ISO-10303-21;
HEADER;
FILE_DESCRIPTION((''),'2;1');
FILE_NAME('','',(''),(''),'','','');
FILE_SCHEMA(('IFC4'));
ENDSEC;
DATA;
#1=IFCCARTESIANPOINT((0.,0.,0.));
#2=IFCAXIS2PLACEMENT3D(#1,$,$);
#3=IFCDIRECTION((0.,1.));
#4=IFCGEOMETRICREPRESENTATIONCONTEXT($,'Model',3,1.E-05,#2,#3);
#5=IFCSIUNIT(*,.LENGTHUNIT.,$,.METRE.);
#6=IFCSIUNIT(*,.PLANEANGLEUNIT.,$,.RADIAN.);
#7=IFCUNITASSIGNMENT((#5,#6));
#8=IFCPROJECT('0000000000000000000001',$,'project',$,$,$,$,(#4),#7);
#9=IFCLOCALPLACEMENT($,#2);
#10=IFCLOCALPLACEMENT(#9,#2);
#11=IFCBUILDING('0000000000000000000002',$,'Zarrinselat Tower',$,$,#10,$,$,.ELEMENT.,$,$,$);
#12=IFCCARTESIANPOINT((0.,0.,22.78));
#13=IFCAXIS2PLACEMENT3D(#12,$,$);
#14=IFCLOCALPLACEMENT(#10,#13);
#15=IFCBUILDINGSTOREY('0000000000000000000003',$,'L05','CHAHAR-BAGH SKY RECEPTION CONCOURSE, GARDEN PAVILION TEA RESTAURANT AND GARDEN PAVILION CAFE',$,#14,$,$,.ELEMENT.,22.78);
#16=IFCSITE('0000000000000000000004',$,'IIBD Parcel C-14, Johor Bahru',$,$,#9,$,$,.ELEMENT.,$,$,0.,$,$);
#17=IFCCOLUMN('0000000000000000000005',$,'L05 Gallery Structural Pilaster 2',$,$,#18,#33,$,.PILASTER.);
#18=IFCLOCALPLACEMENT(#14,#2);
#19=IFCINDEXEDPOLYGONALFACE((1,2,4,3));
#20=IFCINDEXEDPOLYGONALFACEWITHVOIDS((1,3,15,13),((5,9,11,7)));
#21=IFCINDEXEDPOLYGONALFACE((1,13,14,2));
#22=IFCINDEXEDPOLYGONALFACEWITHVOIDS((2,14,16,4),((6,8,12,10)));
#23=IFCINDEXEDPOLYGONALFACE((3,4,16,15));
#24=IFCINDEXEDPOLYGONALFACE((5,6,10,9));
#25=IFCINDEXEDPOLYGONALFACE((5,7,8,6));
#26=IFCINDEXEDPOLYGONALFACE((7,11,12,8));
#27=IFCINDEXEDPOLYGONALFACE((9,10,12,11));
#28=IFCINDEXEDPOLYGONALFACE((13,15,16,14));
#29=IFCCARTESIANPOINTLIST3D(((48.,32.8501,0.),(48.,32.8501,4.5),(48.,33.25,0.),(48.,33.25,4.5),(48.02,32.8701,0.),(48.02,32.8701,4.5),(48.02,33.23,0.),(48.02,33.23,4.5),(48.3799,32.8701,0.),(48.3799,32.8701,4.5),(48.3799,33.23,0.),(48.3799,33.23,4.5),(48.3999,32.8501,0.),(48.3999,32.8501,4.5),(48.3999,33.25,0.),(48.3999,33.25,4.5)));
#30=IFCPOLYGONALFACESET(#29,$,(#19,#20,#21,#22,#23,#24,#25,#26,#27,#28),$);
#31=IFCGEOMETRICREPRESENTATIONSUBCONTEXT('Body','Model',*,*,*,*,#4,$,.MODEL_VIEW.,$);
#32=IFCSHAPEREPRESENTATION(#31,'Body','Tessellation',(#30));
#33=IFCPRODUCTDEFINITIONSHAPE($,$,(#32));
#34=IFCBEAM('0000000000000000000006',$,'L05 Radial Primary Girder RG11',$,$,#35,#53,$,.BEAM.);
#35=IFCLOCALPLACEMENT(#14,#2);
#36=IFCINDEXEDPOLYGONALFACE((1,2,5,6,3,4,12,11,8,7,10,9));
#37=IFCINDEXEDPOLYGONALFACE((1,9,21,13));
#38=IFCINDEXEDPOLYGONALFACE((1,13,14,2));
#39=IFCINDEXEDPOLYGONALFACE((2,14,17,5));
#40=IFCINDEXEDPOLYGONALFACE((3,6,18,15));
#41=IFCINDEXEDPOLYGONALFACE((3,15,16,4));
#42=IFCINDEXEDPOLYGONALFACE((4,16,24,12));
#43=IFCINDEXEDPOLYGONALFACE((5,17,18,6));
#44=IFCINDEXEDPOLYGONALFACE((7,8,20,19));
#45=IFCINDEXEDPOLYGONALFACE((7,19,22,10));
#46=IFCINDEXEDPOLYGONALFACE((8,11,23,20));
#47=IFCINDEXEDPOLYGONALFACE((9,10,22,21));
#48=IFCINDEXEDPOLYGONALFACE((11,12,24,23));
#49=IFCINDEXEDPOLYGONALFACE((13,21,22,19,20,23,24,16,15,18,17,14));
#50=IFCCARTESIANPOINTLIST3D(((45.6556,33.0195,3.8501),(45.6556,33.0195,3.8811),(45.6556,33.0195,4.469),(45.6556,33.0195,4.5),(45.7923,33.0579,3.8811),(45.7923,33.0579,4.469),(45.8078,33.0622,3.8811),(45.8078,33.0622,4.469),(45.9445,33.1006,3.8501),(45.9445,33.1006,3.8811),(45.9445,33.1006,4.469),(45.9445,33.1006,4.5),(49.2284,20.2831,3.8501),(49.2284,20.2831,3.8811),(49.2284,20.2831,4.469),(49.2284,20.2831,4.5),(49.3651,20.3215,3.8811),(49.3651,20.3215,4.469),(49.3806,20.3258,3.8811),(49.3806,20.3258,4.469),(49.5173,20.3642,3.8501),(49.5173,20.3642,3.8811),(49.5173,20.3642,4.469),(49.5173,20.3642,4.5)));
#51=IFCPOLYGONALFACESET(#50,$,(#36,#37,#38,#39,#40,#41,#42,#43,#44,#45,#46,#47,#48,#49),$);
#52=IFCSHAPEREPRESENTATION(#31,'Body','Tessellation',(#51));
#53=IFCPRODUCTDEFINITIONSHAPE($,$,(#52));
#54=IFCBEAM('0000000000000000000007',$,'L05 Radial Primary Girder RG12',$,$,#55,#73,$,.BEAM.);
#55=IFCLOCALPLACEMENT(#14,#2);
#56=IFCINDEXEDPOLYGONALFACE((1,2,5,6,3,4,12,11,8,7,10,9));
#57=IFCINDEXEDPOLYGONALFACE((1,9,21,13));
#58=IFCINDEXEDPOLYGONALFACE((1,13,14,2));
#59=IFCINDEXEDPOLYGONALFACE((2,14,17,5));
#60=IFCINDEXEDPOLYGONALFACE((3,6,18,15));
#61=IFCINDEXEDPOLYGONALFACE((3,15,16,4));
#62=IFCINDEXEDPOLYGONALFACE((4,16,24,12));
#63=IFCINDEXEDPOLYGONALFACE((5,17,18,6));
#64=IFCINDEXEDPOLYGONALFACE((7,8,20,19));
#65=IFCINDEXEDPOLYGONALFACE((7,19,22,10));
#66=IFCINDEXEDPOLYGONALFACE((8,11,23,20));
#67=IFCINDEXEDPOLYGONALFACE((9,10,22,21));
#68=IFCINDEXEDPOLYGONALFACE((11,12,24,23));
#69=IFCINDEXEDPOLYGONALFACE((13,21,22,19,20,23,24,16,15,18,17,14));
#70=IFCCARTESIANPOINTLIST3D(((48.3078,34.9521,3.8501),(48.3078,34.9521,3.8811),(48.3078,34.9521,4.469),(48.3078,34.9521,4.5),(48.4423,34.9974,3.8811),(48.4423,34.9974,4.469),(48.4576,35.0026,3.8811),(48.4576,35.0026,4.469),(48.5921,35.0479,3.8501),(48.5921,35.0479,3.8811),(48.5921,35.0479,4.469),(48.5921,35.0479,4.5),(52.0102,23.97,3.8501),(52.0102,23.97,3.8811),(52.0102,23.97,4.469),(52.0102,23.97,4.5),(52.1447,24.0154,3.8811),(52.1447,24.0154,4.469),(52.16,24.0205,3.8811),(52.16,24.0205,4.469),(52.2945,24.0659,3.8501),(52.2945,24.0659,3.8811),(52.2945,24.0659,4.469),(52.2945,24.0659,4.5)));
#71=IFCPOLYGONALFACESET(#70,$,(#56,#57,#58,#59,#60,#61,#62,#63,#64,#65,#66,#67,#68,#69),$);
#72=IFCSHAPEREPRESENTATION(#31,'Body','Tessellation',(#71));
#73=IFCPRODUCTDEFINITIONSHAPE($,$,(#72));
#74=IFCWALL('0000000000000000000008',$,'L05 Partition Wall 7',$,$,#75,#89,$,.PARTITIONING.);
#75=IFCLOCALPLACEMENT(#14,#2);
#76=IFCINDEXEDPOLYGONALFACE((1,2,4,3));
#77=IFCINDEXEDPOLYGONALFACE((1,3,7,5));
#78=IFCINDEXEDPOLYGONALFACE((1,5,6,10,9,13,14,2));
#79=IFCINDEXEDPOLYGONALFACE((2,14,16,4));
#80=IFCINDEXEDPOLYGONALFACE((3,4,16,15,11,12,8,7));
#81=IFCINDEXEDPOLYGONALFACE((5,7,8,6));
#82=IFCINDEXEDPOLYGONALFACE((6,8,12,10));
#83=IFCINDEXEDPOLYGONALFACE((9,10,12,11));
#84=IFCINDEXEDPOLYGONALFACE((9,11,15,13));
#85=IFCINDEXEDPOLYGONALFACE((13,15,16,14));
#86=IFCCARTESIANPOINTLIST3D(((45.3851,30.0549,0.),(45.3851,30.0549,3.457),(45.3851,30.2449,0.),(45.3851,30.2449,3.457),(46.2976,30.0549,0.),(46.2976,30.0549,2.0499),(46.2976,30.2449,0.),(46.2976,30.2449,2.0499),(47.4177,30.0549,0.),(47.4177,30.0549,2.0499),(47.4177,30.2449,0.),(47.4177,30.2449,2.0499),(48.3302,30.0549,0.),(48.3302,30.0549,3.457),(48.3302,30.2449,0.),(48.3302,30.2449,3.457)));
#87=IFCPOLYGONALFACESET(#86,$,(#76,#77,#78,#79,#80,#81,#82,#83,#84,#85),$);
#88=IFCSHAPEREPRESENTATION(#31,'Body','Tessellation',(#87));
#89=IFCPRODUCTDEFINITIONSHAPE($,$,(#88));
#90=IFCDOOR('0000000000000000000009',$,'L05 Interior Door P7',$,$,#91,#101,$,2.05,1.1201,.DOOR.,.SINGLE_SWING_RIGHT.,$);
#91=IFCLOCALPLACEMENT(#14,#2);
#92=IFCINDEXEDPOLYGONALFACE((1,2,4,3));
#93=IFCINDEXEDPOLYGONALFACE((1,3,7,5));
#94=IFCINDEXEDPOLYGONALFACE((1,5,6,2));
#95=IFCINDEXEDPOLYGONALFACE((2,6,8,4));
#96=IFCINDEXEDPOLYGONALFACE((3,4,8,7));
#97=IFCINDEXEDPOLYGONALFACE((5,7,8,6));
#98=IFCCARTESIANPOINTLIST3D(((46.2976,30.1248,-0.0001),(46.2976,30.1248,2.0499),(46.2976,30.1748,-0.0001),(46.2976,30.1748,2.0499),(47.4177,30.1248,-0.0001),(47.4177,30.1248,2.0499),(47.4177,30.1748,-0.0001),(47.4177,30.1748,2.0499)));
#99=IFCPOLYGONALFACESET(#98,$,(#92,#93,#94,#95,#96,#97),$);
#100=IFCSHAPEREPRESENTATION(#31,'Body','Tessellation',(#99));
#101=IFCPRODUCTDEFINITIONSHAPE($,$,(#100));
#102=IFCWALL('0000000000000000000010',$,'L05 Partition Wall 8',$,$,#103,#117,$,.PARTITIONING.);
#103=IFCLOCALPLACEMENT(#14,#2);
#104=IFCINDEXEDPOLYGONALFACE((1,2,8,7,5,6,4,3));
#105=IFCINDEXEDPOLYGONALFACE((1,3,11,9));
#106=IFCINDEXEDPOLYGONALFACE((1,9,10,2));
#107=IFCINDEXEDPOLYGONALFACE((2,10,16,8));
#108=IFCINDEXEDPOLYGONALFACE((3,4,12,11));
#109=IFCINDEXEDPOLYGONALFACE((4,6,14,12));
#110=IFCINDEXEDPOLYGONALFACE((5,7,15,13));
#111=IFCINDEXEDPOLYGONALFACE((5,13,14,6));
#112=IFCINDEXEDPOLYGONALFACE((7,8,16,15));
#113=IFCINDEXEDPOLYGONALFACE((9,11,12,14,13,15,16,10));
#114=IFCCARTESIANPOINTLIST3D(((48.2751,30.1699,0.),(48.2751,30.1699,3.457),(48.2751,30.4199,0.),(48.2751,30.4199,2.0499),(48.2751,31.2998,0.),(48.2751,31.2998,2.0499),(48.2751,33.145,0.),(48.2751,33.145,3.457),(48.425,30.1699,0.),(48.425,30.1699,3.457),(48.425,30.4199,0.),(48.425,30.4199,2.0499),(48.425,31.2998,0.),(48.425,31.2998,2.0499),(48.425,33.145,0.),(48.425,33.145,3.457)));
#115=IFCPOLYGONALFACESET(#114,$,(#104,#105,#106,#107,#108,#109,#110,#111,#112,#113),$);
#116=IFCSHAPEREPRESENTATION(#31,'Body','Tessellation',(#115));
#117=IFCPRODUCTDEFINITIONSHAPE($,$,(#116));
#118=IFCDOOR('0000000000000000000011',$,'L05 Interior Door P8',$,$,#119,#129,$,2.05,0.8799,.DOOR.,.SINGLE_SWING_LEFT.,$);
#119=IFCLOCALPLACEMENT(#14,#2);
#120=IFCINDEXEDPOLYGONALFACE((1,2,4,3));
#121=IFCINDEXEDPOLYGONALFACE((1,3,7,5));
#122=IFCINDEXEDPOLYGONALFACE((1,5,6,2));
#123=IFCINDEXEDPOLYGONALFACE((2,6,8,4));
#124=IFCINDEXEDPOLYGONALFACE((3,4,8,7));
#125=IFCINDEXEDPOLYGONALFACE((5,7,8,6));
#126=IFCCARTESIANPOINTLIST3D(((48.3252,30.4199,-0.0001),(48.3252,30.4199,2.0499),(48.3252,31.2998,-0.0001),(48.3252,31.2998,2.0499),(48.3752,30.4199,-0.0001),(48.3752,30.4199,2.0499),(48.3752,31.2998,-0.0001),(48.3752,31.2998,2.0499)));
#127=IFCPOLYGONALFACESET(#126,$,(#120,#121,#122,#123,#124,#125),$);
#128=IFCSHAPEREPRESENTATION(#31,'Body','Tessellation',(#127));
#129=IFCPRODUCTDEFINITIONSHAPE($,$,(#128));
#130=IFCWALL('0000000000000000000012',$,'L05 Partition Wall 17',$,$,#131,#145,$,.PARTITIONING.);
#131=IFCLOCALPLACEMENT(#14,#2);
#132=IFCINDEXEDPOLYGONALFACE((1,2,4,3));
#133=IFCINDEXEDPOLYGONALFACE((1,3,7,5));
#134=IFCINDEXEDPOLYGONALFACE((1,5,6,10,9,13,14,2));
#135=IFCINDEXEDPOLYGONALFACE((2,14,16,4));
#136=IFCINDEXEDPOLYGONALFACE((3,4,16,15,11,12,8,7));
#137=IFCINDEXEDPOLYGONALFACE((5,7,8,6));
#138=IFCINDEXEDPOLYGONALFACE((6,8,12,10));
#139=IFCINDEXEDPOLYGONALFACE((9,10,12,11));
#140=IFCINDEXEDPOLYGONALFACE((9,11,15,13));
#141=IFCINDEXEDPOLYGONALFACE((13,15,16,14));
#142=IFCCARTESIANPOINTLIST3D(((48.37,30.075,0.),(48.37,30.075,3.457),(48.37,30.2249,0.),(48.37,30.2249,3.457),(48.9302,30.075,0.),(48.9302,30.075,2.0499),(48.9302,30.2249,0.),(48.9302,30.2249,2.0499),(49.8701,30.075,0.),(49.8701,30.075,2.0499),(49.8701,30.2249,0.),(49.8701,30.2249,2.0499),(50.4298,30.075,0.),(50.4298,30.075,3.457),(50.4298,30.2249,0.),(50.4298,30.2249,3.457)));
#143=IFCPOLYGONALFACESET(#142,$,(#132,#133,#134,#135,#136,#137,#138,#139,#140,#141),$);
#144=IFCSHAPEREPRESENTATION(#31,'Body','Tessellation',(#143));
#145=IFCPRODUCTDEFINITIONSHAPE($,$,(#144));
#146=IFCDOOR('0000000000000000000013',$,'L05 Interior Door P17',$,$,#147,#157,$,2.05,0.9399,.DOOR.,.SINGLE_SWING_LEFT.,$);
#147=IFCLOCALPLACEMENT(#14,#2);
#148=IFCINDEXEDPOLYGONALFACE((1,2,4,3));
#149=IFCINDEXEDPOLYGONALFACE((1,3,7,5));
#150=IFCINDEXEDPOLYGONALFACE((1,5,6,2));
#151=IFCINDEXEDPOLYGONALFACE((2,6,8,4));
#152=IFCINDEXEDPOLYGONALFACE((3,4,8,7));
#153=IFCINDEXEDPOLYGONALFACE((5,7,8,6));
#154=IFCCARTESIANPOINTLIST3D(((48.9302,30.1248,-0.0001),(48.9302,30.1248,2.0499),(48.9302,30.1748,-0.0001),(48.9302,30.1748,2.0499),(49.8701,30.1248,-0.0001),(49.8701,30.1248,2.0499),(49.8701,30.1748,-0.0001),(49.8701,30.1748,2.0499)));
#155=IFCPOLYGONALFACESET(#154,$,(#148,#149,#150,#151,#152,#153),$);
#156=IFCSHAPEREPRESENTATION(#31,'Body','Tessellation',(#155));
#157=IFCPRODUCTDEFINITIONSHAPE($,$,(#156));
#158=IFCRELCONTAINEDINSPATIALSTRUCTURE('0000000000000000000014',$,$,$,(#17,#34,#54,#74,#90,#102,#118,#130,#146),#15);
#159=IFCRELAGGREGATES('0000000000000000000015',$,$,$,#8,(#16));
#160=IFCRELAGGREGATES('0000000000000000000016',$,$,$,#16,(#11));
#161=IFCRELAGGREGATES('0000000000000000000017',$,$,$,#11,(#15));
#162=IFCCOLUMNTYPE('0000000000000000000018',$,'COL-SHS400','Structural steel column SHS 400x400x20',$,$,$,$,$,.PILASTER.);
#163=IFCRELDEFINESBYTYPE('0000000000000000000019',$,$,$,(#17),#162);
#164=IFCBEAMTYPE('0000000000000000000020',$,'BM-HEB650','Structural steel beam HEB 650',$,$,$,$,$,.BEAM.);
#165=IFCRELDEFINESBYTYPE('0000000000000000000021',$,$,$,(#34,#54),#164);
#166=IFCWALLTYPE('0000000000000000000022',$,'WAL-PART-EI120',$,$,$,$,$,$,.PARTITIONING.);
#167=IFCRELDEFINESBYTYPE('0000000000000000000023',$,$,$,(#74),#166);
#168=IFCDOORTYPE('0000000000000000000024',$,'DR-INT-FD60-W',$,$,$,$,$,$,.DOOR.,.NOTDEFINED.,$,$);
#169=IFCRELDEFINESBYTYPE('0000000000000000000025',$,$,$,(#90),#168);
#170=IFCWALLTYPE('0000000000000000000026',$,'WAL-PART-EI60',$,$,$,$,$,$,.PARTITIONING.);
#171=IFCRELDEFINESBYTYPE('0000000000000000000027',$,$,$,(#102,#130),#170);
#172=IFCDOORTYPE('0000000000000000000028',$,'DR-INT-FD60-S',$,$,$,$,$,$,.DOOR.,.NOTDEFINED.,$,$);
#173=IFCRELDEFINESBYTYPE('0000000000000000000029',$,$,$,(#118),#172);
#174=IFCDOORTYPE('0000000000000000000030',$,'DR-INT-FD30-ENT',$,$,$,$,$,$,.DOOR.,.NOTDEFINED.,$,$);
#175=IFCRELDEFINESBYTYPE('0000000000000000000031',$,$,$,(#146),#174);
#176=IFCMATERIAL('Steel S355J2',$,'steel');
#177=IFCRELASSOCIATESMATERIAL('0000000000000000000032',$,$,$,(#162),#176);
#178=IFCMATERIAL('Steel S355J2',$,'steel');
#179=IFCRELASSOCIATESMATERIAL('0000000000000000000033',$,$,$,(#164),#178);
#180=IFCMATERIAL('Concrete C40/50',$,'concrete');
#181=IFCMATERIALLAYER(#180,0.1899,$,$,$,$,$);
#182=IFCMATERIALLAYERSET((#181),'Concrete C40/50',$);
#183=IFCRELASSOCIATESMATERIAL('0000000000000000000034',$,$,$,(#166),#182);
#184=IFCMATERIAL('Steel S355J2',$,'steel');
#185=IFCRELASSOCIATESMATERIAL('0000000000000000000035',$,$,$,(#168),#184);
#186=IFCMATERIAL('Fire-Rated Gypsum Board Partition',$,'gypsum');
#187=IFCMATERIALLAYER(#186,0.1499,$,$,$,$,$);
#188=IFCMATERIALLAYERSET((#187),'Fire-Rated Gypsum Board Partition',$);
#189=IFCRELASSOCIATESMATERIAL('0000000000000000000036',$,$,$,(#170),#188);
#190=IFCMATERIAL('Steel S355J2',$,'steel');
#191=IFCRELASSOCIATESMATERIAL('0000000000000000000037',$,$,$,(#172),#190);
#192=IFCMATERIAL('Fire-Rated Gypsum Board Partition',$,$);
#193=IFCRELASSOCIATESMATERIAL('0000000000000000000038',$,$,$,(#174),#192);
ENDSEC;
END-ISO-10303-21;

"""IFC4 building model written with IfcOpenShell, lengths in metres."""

from ifc_helpers import new_model, si_unit, direction, frame, frame_2d, origin, origin_2d, place, context, subcontext, project, spatial, rectangle, hollow_rectangle, i_section, extrude, material, layer, layer_set, material_profile, profile_set, type_object, element, fill, save


model = new_model("IFC4")

# Units and contexts
model_context = context("Model", 3, precision=1e-05, world=origin(), true_north=direction((0.0, 1.0)))
body_context = subcontext(model_context, "Body", "Model", "MODEL_VIEW")
ifc_project = project(units=[si_unit("LENGTHUNIT", "METRE"), si_unit("PLANEANGLEUNIT", "RADIAN")], contexts=[model_context])

# Site, building, storey
site_placement = place(None, origin())
site = spatial("IfcSite", under=ifc_project, at=site_placement, Name="IIBD Parcel C-14, Johor Bahru", CompositionType="ELEMENT", RefElevation=0.0)
building_placement = place(site_placement, origin())
building = spatial("IfcBuilding", under=site, at=building_placement, Name="Zarrinselat Tower", CompositionType="ELEMENT")
storey_placement = place(building_placement, frame((0.0, 0.0, 22.78)))
storey = spatial("IfcBuildingStorey", under=building, at=storey_placement, Name="L05", Description="CHAHAR-BAGH SKY RECEPTION CONCOURSE, GARDEN PAVILION TEA RESTAURANT AND GARDEN PAVILION CAFE", CompositionType="ELEMENT", Elevation=22.78)

# Column
ifc_material_1 = material(Name="Steel S355J2", Category="steel")
ifc_material_profile_1 = material_profile(ifc_material_1, hollow_rectangle(XDim=0.3999, YDim=0.3999, WallThickness=0.02, at=origin_2d()), Name="SHS 400x400x20")
ifc_profile_set_1 = profile_set([ifc_material_profile_1], Name="Steel S355J2")
column_type = type_object("IfcColumnType", Name="COL-SHS400", Description="Structural steel column SHS 400x400x20", PredefinedType="PILASTER", material=ifc_profile_set_1)
column_placement = place(storey_placement, frame((48.2, 33.05, 0.0), z_axis=(0.0, 0.0, 1.0), x_axis=(1.0, 0.0, 0.0)))
element("IfcColumn", 1, at=column_placement, inside=storey, type_object=column_type, Name="L05 Gallery Structural Pilaster 2", PredefinedType="PILASTER", context=body_context, shape_type="SweptSolid", body=[
    extrude(hollow_rectangle(XDim=0.3999, YDim=0.3999, WallThickness=0.02, at=origin_2d()), origin(), (0.0, 0.0, 1.0), 4.5),
])

# Beams
ifc_material_2 = material(Name="Steel S355J2", Category="steel")
ifc_material_profile_2 = material_profile(ifc_material_2, i_section(OverallWidth=0.3, OverallDepth=0.6499, WebThickness=0.0161, FlangeThickness=0.031, at=origin_2d()), Name="HEB 650")
ifc_profile_set_2 = profile_set([ifc_material_profile_2], Name="Steel S355J2")
beam_type = type_object("IfcBeamType", Name="BM-HEB650", Description="Structural steel beam HEB 650", PredefinedType="BEAM", material=ifc_profile_set_2)
beam_1_placement = place(storey_placement, frame((45.8, 33.0601, 4.175), z_axis=(0.270091, -0.962835, 0.0), x_axis=(0.962835, 0.270091, 0.0)))
element("IfcBeam", 2, at=beam_1_placement, inside=storey, type_object=beam_type, Name="L05 Radial Primary Girder RG11", PredefinedType="BEAM", context=body_context, shape_type="SweptSolid", body=[
    extrude(i_section(OverallWidth=0.3, OverallDepth=0.6499, WebThickness=0.0161, FlangeThickness=0.031, at=origin_2d()), origin(), (0.0, 0.0, 1.0), 13.228),
])
beam_2_placement = place(storey_placement, frame((48.45, 35.0, 4.175), z_axis=(0.319468, -0.947597, 0.0), x_axis=(0.947597, 0.319468, 0.0)))
element("IfcBeam", 3, at=beam_2_placement, inside=storey, type_object=beam_type, Name="L05 Radial Primary Girder RG12", PredefinedType="BEAM", context=body_context, shape_type="SweptSolid", body=[
    extrude(i_section(OverallWidth=0.3, OverallDepth=0.6499, WebThickness=0.0161, FlangeThickness=0.031, at=origin_2d()), origin(), (0.0, 0.0, 1.0), 11.5894),
])

# Walls, openings, doors
ifc_material_3 = material(Name="Concrete C40/50", Category="concrete")
ifc_layer_1 = layer(ifc_material_3, 0.1899)
ifc_layer_set_1 = layer_set([ifc_layer_1], Name="Concrete C40/50")
wall_type_1 = type_object("IfcWallType", Name="WAL-PART-EI120", PredefinedType="PARTITIONING", material=ifc_layer_set_1)
wall_1_placement = place(storey_placement, frame((45.385, 30.1499, 0.0), z_axis=(0.0, 0.0, 1.0), x_axis=(1.0, 0.0, 0.0)))
wall_1 = element("IfcWall", 4, at=wall_1_placement, inside=storey, type_object=wall_type_1, Name="L05 Partition Wall 7", PredefinedType="PARTITIONING", context=body_context, shape_type="SweptSolid", body=[
    extrude(rectangle(XDim=2.9451, YDim=0.1899, at=frame_2d((1.4727, 0.0))), origin(), (0.0, 0.0, 1.0), 3.457),
])
opening_1_placement = place(wall_1_placement, frame((0.9126, 0.0, 0.0)))
opening_1 = element("IfcOpeningElement", 5, at=opening_1_placement, cuts=wall_1, PredefinedType="OPENING", context=body_context, shape_type="SweptSolid", body=[
    extrude(rectangle(XDim=1.1201, YDim=2.05, at=frame_2d((0.5601, 1.0249))), frame((0.0, 0.105, 0.0), z_axis=(0.0, -1.0, 0.0), x_axis=(1.0, 0.0, 0.0)), (0.0, 0.0, 1.0), 0.21),
])
ifc_material_4 = material(Name="Steel S355J2", Category="steel")
door_type_1 = type_object("IfcDoorType", Name="DR-INT-FD60-W", OperationType="NOTDEFINED", PredefinedType="DOOR", material=ifc_material_4)
door_1_placement = place(opening_1_placement, origin())
door_1 = element("IfcDoor", 6, at=door_1_placement, inside=storey, type_object=door_type_1, Name="L05 Interior Door P7", OperationType="SINGLE_SWING_RIGHT", OverallHeight=2.05, OverallWidth=1.1201, PredefinedType="DOOR", context=body_context, shape_type="SweptSolid", body=[
    extrude(rectangle(XDim=1.1201, YDim=2.05, at=frame_2d((0.5601, 1.0249))), frame((0.0, 0.0249, 0.0), z_axis=(0.0, -1.0, 0.0), x_axis=(1.0, 0.0, 0.0)), (0.0, 0.0, 1.0), 0.05),
])
fill(opening_1, door_1)
ifc_material_5 = material(Name="Fire-Rated Gypsum Board Partition", Category="gypsum")
ifc_layer_2 = layer(ifc_material_5, 0.1499)
ifc_layer_set_2 = layer_set([ifc_layer_2], Name="Fire-Rated Gypsum Board Partition")
wall_type_2 = type_object("IfcWallType", Name="WAL-PART-EI60", PredefinedType="PARTITIONING", material=ifc_layer_set_2)
wall_2_placement = place(storey_placement, frame((48.3501, 30.1699, 0.0), z_axis=(0.0, 0.0, 1.0), x_axis=(0.0, 1.0, 0.0)))
wall_2 = element("IfcWall", 7, at=wall_2_placement, inside=storey, type_object=wall_type_2, Name="L05 Partition Wall 8", PredefinedType="PARTITIONING", context=body_context, shape_type="SweptSolid", body=[
    extrude(rectangle(XDim=2.9751, YDim=0.1499, at=frame_2d((1.4875, 0.0))), origin(), (0.0, 0.0, 1.0), 3.457),
])
opening_2_placement = place(wall_2_placement, frame((0.25, 0.0, 0.0)))
opening_2 = element("IfcOpeningElement", 8, at=opening_2_placement, cuts=wall_2, PredefinedType="OPENING", context=body_context, shape_type="SweptSolid", body=[
    extrude(rectangle(XDim=0.8799, YDim=2.05, at=frame_2d((0.4399, 1.0249))), frame((0.0, 0.085, 0.0), z_axis=(0.0, -1.0, 0.0), x_axis=(1.0, 0.0, 0.0)), (0.0, 0.0, 1.0), 0.1699),
])
ifc_material_6 = material(Name="Steel S355J2", Category="steel")
door_type_2 = type_object("IfcDoorType", Name="DR-INT-FD60-S", OperationType="NOTDEFINED", PredefinedType="DOOR", material=ifc_material_6)
door_2_placement = place(opening_2_placement, origin())
door_2 = element("IfcDoor", 9, at=door_2_placement, inside=storey, type_object=door_type_2, Name="L05 Interior Door P8", OperationType="SINGLE_SWING_LEFT", OverallHeight=2.05, OverallWidth=0.8799, PredefinedType="DOOR", context=body_context, shape_type="SweptSolid", body=[
    extrude(rectangle(XDim=0.8799, YDim=2.05, at=frame_2d((0.4399, 1.0249))), frame((0.0, 0.0249, 0.0), z_axis=(0.0, -1.0, 0.0), x_axis=(1.0, 0.0, 0.0)), (0.0, 0.0, 1.0), 0.05),
])
fill(opening_2, door_2)
wall_3_placement = place(storey_placement, frame((48.3701, 30.1499, 0.0), z_axis=(0.0, 0.0, 1.0), x_axis=(1.0, 0.0, 0.0)))
wall_3 = element("IfcWall", 10, at=wall_3_placement, inside=storey, type_object=wall_type_2, Name="L05 Partition Wall 17", PredefinedType="PARTITIONING", context=body_context, shape_type="SweptSolid", body=[
    extrude(rectangle(XDim=2.0598, YDim=0.1499, at=frame_2d((1.0298, 0.0))), origin(), (0.0, 0.0, 1.0), 3.457),
])
opening_3_placement = place(wall_3_placement, frame((0.5601, 0.0, 0.0)))
opening_3 = element("IfcOpeningElement", 11, at=opening_3_placement, cuts=wall_3, PredefinedType="OPENING", context=body_context, shape_type="SweptSolid", body=[
    extrude(rectangle(XDim=0.9399, YDim=2.05, at=frame_2d((0.47, 1.0249))), frame((0.0, 0.085, 0.0), z_axis=(0.0, -1.0, 0.0), x_axis=(1.0, 0.0, 0.0)), (0.0, 0.0, 1.0), 0.1699),
])
ifc_material_7 = material(Name="Fire-Rated Gypsum Board Partition")
door_type_3 = type_object("IfcDoorType", Name="DR-INT-FD30-ENT", OperationType="NOTDEFINED", PredefinedType="DOOR", material=ifc_material_7)
door_3_placement = place(opening_3_placement, origin())
door_3 = element("IfcDoor", 12, at=door_3_placement, inside=storey, type_object=door_type_3, Name="L05 Interior Door P17", OperationType="SINGLE_SWING_LEFT", OverallHeight=2.05, OverallWidth=0.9399, PredefinedType="DOOR", context=body_context, shape_type="SweptSolid", body=[
    extrude(rectangle(XDim=0.9399, YDim=2.05, at=frame_2d((0.47, 1.0249))), frame((0.0, 0.0249, 0.0), z_axis=(0.0, -1.0, 0.0), x_axis=(1.0, 0.0, 0.0)), (0.0, 0.0, 1.0), 0.05),
])
fill(opening_3, door_3)

save(model, "model.ifc")
